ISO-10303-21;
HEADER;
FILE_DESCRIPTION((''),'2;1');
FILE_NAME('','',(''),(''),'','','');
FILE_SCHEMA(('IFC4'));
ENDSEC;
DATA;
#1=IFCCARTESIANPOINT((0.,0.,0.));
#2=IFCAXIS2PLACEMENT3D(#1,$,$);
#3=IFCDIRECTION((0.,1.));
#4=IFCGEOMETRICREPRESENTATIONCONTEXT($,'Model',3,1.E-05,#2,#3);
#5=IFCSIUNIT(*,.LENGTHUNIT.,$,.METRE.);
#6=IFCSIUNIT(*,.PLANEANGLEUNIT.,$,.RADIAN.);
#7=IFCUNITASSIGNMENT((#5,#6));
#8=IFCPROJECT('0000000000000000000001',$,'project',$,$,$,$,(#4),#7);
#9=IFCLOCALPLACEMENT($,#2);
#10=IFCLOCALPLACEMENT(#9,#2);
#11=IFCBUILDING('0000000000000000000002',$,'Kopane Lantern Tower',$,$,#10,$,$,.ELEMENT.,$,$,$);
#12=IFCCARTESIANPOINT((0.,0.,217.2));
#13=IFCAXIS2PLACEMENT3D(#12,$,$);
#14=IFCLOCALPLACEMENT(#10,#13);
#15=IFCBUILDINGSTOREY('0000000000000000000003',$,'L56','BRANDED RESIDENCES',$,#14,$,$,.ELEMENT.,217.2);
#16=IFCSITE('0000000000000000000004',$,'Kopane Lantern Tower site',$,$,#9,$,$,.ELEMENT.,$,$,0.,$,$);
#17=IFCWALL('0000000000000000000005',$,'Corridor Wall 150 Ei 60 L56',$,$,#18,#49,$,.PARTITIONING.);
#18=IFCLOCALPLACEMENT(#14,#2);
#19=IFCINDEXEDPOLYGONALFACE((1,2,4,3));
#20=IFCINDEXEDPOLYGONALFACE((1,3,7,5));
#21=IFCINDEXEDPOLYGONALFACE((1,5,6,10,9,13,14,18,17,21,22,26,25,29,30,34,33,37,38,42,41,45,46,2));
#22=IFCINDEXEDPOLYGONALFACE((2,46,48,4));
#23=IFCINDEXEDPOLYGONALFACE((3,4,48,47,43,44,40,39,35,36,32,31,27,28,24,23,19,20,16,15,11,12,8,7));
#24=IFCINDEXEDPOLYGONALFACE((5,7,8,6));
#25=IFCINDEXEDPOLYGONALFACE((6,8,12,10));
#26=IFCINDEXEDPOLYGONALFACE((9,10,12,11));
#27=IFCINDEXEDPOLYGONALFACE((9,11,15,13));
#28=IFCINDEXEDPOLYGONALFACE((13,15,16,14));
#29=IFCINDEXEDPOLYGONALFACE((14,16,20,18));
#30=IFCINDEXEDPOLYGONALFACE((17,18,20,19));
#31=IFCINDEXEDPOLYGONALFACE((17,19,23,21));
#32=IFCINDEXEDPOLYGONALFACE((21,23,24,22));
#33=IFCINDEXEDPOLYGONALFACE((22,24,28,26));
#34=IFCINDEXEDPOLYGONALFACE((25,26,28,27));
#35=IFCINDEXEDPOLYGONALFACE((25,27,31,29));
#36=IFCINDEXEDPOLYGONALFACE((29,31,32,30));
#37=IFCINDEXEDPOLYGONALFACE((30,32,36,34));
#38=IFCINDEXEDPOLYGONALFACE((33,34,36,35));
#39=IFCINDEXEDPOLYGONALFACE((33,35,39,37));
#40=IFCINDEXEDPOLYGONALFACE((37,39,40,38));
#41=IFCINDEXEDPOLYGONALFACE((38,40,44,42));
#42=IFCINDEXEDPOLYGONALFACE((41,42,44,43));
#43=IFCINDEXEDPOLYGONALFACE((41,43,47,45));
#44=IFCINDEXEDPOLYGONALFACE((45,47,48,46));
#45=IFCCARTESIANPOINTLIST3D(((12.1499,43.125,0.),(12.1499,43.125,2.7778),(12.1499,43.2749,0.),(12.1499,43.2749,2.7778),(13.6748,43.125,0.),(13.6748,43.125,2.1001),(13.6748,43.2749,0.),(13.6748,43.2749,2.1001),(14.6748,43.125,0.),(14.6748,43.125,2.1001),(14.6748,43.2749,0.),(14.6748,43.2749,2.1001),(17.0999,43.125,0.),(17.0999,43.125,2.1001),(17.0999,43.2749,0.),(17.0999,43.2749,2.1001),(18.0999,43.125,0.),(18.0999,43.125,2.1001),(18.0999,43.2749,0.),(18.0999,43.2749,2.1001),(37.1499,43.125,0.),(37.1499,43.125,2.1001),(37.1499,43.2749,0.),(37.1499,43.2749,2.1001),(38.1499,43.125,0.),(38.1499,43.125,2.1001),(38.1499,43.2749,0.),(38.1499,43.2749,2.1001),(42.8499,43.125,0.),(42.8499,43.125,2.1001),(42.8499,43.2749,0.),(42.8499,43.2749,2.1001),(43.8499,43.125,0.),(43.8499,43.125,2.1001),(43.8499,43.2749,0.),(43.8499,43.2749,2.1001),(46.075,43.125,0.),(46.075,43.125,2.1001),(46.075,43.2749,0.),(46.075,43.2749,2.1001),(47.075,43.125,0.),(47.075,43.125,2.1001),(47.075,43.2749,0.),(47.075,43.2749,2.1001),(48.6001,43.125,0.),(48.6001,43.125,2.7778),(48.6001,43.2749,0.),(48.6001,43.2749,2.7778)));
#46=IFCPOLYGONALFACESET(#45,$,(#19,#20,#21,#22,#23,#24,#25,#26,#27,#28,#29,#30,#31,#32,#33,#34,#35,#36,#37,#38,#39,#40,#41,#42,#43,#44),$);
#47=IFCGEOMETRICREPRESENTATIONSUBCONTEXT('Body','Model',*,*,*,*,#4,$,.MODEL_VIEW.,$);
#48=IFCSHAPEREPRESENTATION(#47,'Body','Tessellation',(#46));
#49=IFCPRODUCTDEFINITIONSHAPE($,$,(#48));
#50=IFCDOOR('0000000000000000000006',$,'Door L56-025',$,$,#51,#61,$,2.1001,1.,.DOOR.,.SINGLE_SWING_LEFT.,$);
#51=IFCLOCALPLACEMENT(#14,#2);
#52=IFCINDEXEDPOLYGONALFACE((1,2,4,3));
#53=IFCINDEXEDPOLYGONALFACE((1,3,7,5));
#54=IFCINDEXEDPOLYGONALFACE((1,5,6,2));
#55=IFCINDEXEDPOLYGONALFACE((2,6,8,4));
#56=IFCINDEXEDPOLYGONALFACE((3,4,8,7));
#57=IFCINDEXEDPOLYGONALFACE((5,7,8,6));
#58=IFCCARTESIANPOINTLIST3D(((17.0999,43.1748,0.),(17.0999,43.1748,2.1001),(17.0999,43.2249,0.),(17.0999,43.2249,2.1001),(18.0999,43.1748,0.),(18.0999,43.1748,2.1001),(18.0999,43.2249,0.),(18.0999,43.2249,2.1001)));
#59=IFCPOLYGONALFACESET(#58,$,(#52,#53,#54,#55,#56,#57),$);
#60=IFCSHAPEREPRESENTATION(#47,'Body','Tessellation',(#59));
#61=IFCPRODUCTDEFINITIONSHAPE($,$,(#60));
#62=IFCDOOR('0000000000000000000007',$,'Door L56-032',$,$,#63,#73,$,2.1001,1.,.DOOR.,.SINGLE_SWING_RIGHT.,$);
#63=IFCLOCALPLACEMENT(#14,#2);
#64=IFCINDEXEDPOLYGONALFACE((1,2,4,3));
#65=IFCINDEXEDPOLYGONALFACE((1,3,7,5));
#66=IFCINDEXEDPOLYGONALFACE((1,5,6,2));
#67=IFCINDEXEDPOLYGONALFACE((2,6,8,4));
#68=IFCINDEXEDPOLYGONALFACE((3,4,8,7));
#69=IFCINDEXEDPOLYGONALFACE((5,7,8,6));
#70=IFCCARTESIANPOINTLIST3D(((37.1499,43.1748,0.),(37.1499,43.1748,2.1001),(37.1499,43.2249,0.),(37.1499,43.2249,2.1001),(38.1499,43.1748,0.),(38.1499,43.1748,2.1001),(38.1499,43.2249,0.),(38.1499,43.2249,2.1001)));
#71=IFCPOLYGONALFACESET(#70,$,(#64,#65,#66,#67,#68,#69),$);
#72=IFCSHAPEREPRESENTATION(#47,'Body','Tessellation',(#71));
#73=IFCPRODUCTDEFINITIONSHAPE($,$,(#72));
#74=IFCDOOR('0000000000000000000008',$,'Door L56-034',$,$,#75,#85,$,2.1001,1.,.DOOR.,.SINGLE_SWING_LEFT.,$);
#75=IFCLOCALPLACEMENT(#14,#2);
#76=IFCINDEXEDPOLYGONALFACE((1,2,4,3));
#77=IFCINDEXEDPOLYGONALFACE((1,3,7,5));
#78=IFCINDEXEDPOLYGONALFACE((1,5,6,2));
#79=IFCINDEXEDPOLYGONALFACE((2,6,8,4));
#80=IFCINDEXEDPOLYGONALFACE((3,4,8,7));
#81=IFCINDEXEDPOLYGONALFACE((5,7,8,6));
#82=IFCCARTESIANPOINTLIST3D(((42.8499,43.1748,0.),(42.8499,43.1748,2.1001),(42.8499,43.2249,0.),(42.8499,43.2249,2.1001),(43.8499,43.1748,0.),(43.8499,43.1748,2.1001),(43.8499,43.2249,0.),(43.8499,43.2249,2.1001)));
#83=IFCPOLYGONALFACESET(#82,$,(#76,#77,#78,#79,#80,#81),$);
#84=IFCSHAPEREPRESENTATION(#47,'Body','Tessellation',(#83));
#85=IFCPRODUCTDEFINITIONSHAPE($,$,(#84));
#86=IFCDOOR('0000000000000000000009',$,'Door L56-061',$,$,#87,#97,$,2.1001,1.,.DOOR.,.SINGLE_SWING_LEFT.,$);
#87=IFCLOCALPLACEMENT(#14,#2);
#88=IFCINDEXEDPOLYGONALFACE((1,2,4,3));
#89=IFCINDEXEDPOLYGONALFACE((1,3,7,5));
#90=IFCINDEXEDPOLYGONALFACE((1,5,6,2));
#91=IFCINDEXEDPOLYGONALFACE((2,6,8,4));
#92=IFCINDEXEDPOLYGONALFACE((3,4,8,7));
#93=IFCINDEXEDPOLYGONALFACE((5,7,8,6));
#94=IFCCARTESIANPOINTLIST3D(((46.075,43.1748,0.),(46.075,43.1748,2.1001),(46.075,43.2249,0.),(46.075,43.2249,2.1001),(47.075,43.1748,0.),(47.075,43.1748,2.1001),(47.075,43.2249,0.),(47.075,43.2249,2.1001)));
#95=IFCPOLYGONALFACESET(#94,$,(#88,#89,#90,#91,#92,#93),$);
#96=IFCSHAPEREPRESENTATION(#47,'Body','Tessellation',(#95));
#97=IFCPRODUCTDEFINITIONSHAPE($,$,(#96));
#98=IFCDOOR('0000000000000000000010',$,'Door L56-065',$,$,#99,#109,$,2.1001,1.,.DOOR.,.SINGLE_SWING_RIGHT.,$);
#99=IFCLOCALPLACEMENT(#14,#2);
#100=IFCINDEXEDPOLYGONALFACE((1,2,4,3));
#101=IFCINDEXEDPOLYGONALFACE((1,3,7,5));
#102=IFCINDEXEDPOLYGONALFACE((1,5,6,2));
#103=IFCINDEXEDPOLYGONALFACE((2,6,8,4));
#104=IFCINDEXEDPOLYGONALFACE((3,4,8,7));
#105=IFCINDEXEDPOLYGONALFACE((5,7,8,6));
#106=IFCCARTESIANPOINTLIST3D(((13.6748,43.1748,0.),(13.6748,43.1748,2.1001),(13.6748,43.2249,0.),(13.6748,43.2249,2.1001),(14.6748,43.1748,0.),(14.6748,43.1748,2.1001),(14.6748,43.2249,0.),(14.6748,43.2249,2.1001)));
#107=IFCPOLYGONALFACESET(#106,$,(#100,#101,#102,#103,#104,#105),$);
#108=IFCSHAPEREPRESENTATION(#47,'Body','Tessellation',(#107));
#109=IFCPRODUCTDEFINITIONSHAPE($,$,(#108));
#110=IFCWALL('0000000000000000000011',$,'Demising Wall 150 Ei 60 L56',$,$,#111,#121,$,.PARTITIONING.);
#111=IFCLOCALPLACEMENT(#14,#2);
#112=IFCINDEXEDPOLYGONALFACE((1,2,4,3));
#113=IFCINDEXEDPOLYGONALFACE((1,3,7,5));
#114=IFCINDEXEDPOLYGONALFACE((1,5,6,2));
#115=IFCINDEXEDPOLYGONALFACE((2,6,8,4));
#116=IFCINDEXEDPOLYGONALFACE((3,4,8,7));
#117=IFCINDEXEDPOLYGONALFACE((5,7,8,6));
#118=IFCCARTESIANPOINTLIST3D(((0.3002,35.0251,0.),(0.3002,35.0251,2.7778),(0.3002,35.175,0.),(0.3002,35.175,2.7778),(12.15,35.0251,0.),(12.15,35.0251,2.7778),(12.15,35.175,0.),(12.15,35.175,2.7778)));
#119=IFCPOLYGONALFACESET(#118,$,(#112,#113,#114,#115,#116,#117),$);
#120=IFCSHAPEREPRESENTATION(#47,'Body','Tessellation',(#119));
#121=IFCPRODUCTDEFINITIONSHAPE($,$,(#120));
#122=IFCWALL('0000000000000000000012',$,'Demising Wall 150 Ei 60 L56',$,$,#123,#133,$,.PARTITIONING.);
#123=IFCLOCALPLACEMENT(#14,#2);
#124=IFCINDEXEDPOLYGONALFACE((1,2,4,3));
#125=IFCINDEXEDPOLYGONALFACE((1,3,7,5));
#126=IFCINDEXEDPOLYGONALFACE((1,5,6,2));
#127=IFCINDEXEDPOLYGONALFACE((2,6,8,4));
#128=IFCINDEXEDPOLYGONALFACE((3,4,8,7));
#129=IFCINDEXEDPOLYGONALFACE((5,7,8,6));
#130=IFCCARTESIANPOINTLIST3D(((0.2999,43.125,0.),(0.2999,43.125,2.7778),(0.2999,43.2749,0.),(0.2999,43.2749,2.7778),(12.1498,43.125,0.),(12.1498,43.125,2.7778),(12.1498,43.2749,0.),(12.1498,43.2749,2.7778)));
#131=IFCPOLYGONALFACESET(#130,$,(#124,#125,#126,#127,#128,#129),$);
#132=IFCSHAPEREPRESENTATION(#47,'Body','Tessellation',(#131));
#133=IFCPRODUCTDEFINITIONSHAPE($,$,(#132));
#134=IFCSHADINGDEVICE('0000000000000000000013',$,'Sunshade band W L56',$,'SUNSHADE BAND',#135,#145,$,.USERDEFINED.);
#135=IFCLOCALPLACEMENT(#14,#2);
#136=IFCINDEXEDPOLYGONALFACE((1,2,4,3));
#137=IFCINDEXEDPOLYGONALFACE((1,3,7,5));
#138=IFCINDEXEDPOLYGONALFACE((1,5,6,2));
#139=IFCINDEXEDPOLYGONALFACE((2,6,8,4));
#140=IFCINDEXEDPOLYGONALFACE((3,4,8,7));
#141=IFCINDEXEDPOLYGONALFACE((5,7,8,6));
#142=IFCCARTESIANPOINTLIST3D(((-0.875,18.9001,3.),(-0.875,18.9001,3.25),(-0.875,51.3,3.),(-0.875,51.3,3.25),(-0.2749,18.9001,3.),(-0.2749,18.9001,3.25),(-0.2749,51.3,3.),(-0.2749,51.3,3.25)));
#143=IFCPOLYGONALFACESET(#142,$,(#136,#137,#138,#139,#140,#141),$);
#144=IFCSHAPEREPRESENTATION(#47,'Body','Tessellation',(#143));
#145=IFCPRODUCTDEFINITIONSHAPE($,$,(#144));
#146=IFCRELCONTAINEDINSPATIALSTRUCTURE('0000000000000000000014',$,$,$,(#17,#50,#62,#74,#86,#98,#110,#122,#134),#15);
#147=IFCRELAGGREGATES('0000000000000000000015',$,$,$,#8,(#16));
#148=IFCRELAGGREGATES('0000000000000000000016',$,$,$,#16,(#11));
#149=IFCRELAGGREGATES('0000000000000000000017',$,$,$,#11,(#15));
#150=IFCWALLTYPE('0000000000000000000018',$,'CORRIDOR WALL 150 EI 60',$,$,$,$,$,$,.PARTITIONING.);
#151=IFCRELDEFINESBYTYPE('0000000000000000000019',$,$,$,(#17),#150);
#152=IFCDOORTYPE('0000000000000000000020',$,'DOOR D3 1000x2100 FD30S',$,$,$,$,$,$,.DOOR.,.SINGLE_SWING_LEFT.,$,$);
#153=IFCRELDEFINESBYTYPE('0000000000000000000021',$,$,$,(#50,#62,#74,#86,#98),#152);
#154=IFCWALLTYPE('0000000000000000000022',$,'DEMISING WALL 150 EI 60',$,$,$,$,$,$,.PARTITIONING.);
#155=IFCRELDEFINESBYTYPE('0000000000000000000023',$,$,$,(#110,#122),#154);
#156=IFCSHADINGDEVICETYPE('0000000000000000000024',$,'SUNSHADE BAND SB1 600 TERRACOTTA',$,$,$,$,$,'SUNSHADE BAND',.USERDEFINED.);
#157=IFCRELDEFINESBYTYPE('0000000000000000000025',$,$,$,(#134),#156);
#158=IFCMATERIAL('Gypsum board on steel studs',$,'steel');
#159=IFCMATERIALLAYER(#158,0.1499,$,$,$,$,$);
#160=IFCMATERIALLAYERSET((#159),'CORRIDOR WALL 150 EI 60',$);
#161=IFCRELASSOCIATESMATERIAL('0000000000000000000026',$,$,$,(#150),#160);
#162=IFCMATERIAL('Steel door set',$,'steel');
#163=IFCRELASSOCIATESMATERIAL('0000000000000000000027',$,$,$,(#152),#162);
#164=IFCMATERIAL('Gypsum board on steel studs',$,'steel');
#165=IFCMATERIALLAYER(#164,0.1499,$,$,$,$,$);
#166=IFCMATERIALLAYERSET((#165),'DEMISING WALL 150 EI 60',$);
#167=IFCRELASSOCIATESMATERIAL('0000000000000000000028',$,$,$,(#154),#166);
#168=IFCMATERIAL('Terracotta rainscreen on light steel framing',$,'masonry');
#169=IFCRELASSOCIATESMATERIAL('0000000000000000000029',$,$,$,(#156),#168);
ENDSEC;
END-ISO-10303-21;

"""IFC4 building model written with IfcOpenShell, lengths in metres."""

from ifc_helpers import new_model, si_unit, direction, frame, frame_2d, origin, origin_2d, place, context, subcontext, project, spatial, rectangle, extrude, material, layer, layer_set, type_object, element, fill, save


model = new_model("IFC4")

# Units and contexts
model_context = context("Model", 3, precision=1e-05, world=origin(), true_north=direction((0.0, 1.0)))
body_context = subcontext(model_context, "Body", "Model", "MODEL_VIEW")
ifc_project = project(units=[si_unit("LENGTHUNIT", "METRE"), si_unit("PLANEANGLEUNIT", "RADIAN")], contexts=[model_context])

# Site, building, storey
site_placement = place(None, origin())
site = spatial("IfcSite", under=ifc_project, at=site_placement, Name="Kopane Lantern Tower site", CompositionType="ELEMENT", RefElevation=0.0)
building_placement = place(site_placement, origin())
building = spatial("IfcBuilding", under=site, at=building_placement, Name="Kopane Lantern Tower", CompositionType="ELEMENT")
storey_placement = place(building_placement, frame((0.0, 0.0, 217.2)))
storey = spatial("IfcBuildingStorey", under=building, at=storey_placement, Name="L56", Description="BRANDED RESIDENCES", CompositionType="ELEMENT", Elevation=217.2)

# Wall, openings, doors
ifc_material_1 = material(Name="Gypsum board on steel studs", Category="steel")
ifc_layer_1 = layer(ifc_material_1, 0.1499)
ifc_layer_set_1 = layer_set([ifc_layer_1], Name="CORRIDOR WALL 150 EI 60")
wall_type_1 = type_object("IfcWallType", Name="CORRIDOR WALL 150 EI 60", PredefinedType="PARTITIONING", material=ifc_layer_set_1)
wall_1_placement = place(storey_placement, frame((12.1499, 43.2, 0.0), z_axis=(0.0, 0.0, 1.0), x_axis=(1.0, 0.0, 0.0)))
wall_1 = element("IfcWall", 1, at=wall_1_placement, inside=storey, type_object=wall_type_1, Name="Corridor Wall 150 Ei 60 L56", PredefinedType="PARTITIONING", context=body_context, shape_type="SweptSolid", body=[
    extrude(rectangle(XDim=36.4502, YDim=0.1499, at=frame_2d((18.2251, 0.0))), origin(), (0.0, 0.0, 1.0), 2.7778),
])
opening_1_placement = place(wall_1_placement, frame((4.95, 0.0, 0.0)))
opening_1 = element("IfcOpeningElement", 2, at=opening_1_placement, cuts=wall_1, PredefinedType="OPENING", context=body_context, shape_type="SweptSolid", body=[
    extrude(rectangle(XDim=1.0, YDim=2.1001, at=frame_2d((0.5, 1.05))), frame((0.0, 0.085, 0.0), z_axis=(0.0, -1.0, 0.0), x_axis=(1.0, 0.0, 0.0)), (0.0, 0.0, 1.0), 0.1699),
])
opening_2_placement = place(wall_1_placement, frame((25.0, 0.0, 0.0)))
opening_2 = element("IfcOpeningElement", 3, at=opening_2_placement, cuts=wall_1, PredefinedType="OPENING", context=body_context, shape_type="SweptSolid", body=[
    extrude(rectangle(XDim=1.0, YDim=2.1001, at=frame_2d((0.5, 1.05))), frame((0.0, 0.085, 0.0), z_axis=(0.0, -1.0, 0.0), x_axis=(1.0, 0.0, 0.0)), (0.0, 0.0, 1.0), 0.1699),
])
opening_3_placement = place(wall_1_placement, frame((30.7, 0.0, 0.0)))
opening_3 = element("IfcOpeningElement", 4, at=opening_3_placement, cuts=wall_1, PredefinedType="OPENING", context=body_context, shape_type="SweptSolid", body=[
    extrude(rectangle(XDim=1.0, YDim=2.1001, at=frame_2d((0.5, 1.05))), frame((0.0, 0.085, 0.0), z_axis=(0.0, -1.0, 0.0), x_axis=(1.0, 0.0, 0.0)), (0.0, 0.0, 1.0), 0.1699),
])
opening_4_placement = place(wall_1_placement, frame((33.925, 0.0, 0.0)))
opening_4 = element("IfcOpeningElement", 5, at=opening_4_placement, cuts=wall_1, PredefinedType="OPENING", context=body_context, shape_type="SweptSolid", body=[
    extrude(rectangle(XDim=1.0, YDim=2.1001, at=frame_2d((0.5, 1.05))), frame((0.0, 0.085, 0.0), z_axis=(0.0, -1.0, 0.0), x_axis=(1.0, 0.0, 0.0)), (0.0, 0.0, 1.0), 0.1699),
])
opening_5_placement = place(wall_1_placement, frame((1.5249, 0.0, 0.0)))
opening_5 = element("IfcOpeningElement", 6, at=opening_5_placement, cuts=wall_1, PredefinedType="OPENING", context=body_context, shape_type="SweptSolid", body=[
    extrude(rectangle(XDim=1.0, YDim=2.1001, at=frame_2d((0.5, 1.05))), frame((0.0, 0.085, 0.0), z_axis=(0.0, -1.0, 0.0), x_axis=(1.0, 0.0, 0.0)), (0.0, 0.0, 1.0), 0.1699),
])
ifc_material_2 = material(Name="Steel door set", Category="steel")
door_type_1 = type_object("IfcDoorType", Name="DOOR D3 1000x2100 FD30S", OperationType="SINGLE_SWING_LEFT", PredefinedType="DOOR", material=ifc_material_2)
door_1_placement = place(opening_1_placement, origin())
door_1 = element("IfcDoor", 7, at=door_1_placement, inside=storey, type_object=door_type_1, Name="Door L56-025", OperationType="SINGLE_SWING_LEFT", OverallHeight=2.1001, OverallWidth=1.0, PredefinedType="DOOR", context=body_context, shape_type="SweptSolid", body=[
    extrude(rectangle(XDim=1.0, YDim=2.1001, at=frame_2d((0.5, 1.05))), frame((0.0, 0.0249, 0.0), z_axis=(0.0, -1.0, 0.0), x_axis=(1.0, 0.0, 0.0)), (0.0, 0.0, 1.0), 0.05),
])
fill(opening_1, door_1)
door_2_placement = place(opening_2_placement, origin())
door_2 = element("IfcDoor", 8, at=door_2_placement, inside=storey, type_object=door_type_1, Name="Door L56-032", OperationType="SINGLE_SWING_RIGHT", OverallHeight=2.1001, OverallWidth=1.0, PredefinedType="DOOR", context=body_context, shape_type="SweptSolid", body=[
    extrude(rectangle(XDim=1.0, YDim=2.1001, at=frame_2d((0.5, 1.05))), frame((0.0, 0.0249, 0.0), z_axis=(0.0, -1.0, 0.0), x_axis=(1.0, 0.0, 0.0)), (0.0, 0.0, 1.0), 0.05),
])
fill(opening_2, door_2)
door_3_placement = place(opening_3_placement, origin())
door_3 = element("IfcDoor", 9, at=door_3_placement, inside=storey, type_object=door_type_1, Name="Door L56-034", OperationType="SINGLE_SWING_LEFT", OverallHeight=2.1001, OverallWidth=1.0, PredefinedType="DOOR", context=body_context, shape_type="SweptSolid", body=[
    extrude(rectangle(XDim=1.0, YDim=2.1001, at=frame_2d((0.5, 1.05))), frame((0.0, 0.0249, 0.0), z_axis=(0.0, -1.0, 0.0), x_axis=(1.0, 0.0, 0.0)), (0.0, 0.0, 1.0), 0.05),
])
fill(opening_3, door_3)
door_4_placement = place(opening_4_placement, origin())
door_4 = element("IfcDoor", 10, at=door_4_placement, inside=storey, type_object=door_type_1, Name="Door L56-061", OperationType="SINGLE_SWING_LEFT", OverallHeight=2.1001, OverallWidth=1.0, PredefinedType="DOOR", context=body_context, shape_type="SweptSolid", body=[
    extrude(rectangle(XDim=1.0, YDim=2.1001, at=frame_2d((0.5, 1.05))), frame((0.0, 0.0249, 0.0), z_axis=(0.0, -1.0, 0.0), x_axis=(1.0, 0.0, 0.0)), (0.0, 0.0, 1.0), 0.05),
])
fill(opening_4, door_4)
door_5_placement = place(opening_5_placement, origin())
door_5 = element("IfcDoor", 11, at=door_5_placement, inside=storey, type_object=door_type_1, Name="Door L56-065", OperationType="SINGLE_SWING_RIGHT", OverallHeight=2.1001, OverallWidth=1.0, PredefinedType="DOOR", context=body_context, shape_type="SweptSolid", body=[
    extrude(rectangle(XDim=1.0, YDim=2.1001, at=frame_2d((0.5, 1.05))), frame((0.0, 0.0249, 0.0), z_axis=(0.0, -1.0, 0.0), x_axis=(1.0, 0.0, 0.0)), (0.0, 0.0, 1.0), 0.05),
])
fill(opening_5, door_5)

# Walls
ifc_material_3 = material(Name="Gypsum board on steel studs", Category="steel")
ifc_layer_2 = layer(ifc_material_3, 0.1499)
ifc_layer_set_2 = layer_set([ifc_layer_2], Name="DEMISING WALL 150 EI 60")
wall_type_2 = type_object("IfcWallType", Name="DEMISING WALL 150 EI 60", PredefinedType="PARTITIONING", material=ifc_layer_set_2)
for number, where, z_axis, x_axis, name in (
    (12, (12.1499, 35.1001, 0.0), (0.0, 0.0, 1.0), (-1.0, 0.0, 0.0), "Demising Wall 150 Ei 60 L56"),
    (13, (0.3, 43.2, 0.0), (0.0, 0.0, 1.0), (1.0, 0.0, 0.0), "Demising Wall 150 Ei 60 L56"),
):
    element("IfcWall", number, at=place(storey_placement, frame(where, z_axis=z_axis, x_axis=x_axis)), inside=storey, type_object=wall_type_2, Name=name, PredefinedType="PARTITIONING", context=body_context, shape_type="SweptSolid", body=[
        extrude(rectangle(XDim=11.8499, YDim=0.1499, at=frame_2d((5.9248, 0.0))), origin(), (0.0, 0.0, 1.0), 2.7778),
    ])

# Shading device
ifc_material_4 = material(Name="Terracotta rainscreen on light steel framing", Category="masonry")
shading_device_type = type_object("IfcShadingDeviceType", Name="SUNSHADE BAND SB1 600 TERRACOTTA", ElementType="SUNSHADE BAND", PredefinedType="USERDEFINED", material=ifc_material_4)
shading_device_placement = place(storey_placement, frame((-0.575, 35.1001, 3.0), z_axis=(0.0, 0.0, 1.0), x_axis=(0.0, -1.0, 0.0)))
element("IfcShadingDevice", 14, at=shading_device_placement, inside=storey, type_object=shading_device_type, Name="Sunshade band W L56", ObjectType="SUNSHADE BAND", PredefinedType="USERDEFINED", context=body_context, shape_type="SweptSolid", body=[
    extrude(rectangle(XDim=32.3999, YDim=0.6001, at=origin_2d()), origin(), (0.0, 0.0, 1.0), 0.25),
])

save(model, "model.ifc")
